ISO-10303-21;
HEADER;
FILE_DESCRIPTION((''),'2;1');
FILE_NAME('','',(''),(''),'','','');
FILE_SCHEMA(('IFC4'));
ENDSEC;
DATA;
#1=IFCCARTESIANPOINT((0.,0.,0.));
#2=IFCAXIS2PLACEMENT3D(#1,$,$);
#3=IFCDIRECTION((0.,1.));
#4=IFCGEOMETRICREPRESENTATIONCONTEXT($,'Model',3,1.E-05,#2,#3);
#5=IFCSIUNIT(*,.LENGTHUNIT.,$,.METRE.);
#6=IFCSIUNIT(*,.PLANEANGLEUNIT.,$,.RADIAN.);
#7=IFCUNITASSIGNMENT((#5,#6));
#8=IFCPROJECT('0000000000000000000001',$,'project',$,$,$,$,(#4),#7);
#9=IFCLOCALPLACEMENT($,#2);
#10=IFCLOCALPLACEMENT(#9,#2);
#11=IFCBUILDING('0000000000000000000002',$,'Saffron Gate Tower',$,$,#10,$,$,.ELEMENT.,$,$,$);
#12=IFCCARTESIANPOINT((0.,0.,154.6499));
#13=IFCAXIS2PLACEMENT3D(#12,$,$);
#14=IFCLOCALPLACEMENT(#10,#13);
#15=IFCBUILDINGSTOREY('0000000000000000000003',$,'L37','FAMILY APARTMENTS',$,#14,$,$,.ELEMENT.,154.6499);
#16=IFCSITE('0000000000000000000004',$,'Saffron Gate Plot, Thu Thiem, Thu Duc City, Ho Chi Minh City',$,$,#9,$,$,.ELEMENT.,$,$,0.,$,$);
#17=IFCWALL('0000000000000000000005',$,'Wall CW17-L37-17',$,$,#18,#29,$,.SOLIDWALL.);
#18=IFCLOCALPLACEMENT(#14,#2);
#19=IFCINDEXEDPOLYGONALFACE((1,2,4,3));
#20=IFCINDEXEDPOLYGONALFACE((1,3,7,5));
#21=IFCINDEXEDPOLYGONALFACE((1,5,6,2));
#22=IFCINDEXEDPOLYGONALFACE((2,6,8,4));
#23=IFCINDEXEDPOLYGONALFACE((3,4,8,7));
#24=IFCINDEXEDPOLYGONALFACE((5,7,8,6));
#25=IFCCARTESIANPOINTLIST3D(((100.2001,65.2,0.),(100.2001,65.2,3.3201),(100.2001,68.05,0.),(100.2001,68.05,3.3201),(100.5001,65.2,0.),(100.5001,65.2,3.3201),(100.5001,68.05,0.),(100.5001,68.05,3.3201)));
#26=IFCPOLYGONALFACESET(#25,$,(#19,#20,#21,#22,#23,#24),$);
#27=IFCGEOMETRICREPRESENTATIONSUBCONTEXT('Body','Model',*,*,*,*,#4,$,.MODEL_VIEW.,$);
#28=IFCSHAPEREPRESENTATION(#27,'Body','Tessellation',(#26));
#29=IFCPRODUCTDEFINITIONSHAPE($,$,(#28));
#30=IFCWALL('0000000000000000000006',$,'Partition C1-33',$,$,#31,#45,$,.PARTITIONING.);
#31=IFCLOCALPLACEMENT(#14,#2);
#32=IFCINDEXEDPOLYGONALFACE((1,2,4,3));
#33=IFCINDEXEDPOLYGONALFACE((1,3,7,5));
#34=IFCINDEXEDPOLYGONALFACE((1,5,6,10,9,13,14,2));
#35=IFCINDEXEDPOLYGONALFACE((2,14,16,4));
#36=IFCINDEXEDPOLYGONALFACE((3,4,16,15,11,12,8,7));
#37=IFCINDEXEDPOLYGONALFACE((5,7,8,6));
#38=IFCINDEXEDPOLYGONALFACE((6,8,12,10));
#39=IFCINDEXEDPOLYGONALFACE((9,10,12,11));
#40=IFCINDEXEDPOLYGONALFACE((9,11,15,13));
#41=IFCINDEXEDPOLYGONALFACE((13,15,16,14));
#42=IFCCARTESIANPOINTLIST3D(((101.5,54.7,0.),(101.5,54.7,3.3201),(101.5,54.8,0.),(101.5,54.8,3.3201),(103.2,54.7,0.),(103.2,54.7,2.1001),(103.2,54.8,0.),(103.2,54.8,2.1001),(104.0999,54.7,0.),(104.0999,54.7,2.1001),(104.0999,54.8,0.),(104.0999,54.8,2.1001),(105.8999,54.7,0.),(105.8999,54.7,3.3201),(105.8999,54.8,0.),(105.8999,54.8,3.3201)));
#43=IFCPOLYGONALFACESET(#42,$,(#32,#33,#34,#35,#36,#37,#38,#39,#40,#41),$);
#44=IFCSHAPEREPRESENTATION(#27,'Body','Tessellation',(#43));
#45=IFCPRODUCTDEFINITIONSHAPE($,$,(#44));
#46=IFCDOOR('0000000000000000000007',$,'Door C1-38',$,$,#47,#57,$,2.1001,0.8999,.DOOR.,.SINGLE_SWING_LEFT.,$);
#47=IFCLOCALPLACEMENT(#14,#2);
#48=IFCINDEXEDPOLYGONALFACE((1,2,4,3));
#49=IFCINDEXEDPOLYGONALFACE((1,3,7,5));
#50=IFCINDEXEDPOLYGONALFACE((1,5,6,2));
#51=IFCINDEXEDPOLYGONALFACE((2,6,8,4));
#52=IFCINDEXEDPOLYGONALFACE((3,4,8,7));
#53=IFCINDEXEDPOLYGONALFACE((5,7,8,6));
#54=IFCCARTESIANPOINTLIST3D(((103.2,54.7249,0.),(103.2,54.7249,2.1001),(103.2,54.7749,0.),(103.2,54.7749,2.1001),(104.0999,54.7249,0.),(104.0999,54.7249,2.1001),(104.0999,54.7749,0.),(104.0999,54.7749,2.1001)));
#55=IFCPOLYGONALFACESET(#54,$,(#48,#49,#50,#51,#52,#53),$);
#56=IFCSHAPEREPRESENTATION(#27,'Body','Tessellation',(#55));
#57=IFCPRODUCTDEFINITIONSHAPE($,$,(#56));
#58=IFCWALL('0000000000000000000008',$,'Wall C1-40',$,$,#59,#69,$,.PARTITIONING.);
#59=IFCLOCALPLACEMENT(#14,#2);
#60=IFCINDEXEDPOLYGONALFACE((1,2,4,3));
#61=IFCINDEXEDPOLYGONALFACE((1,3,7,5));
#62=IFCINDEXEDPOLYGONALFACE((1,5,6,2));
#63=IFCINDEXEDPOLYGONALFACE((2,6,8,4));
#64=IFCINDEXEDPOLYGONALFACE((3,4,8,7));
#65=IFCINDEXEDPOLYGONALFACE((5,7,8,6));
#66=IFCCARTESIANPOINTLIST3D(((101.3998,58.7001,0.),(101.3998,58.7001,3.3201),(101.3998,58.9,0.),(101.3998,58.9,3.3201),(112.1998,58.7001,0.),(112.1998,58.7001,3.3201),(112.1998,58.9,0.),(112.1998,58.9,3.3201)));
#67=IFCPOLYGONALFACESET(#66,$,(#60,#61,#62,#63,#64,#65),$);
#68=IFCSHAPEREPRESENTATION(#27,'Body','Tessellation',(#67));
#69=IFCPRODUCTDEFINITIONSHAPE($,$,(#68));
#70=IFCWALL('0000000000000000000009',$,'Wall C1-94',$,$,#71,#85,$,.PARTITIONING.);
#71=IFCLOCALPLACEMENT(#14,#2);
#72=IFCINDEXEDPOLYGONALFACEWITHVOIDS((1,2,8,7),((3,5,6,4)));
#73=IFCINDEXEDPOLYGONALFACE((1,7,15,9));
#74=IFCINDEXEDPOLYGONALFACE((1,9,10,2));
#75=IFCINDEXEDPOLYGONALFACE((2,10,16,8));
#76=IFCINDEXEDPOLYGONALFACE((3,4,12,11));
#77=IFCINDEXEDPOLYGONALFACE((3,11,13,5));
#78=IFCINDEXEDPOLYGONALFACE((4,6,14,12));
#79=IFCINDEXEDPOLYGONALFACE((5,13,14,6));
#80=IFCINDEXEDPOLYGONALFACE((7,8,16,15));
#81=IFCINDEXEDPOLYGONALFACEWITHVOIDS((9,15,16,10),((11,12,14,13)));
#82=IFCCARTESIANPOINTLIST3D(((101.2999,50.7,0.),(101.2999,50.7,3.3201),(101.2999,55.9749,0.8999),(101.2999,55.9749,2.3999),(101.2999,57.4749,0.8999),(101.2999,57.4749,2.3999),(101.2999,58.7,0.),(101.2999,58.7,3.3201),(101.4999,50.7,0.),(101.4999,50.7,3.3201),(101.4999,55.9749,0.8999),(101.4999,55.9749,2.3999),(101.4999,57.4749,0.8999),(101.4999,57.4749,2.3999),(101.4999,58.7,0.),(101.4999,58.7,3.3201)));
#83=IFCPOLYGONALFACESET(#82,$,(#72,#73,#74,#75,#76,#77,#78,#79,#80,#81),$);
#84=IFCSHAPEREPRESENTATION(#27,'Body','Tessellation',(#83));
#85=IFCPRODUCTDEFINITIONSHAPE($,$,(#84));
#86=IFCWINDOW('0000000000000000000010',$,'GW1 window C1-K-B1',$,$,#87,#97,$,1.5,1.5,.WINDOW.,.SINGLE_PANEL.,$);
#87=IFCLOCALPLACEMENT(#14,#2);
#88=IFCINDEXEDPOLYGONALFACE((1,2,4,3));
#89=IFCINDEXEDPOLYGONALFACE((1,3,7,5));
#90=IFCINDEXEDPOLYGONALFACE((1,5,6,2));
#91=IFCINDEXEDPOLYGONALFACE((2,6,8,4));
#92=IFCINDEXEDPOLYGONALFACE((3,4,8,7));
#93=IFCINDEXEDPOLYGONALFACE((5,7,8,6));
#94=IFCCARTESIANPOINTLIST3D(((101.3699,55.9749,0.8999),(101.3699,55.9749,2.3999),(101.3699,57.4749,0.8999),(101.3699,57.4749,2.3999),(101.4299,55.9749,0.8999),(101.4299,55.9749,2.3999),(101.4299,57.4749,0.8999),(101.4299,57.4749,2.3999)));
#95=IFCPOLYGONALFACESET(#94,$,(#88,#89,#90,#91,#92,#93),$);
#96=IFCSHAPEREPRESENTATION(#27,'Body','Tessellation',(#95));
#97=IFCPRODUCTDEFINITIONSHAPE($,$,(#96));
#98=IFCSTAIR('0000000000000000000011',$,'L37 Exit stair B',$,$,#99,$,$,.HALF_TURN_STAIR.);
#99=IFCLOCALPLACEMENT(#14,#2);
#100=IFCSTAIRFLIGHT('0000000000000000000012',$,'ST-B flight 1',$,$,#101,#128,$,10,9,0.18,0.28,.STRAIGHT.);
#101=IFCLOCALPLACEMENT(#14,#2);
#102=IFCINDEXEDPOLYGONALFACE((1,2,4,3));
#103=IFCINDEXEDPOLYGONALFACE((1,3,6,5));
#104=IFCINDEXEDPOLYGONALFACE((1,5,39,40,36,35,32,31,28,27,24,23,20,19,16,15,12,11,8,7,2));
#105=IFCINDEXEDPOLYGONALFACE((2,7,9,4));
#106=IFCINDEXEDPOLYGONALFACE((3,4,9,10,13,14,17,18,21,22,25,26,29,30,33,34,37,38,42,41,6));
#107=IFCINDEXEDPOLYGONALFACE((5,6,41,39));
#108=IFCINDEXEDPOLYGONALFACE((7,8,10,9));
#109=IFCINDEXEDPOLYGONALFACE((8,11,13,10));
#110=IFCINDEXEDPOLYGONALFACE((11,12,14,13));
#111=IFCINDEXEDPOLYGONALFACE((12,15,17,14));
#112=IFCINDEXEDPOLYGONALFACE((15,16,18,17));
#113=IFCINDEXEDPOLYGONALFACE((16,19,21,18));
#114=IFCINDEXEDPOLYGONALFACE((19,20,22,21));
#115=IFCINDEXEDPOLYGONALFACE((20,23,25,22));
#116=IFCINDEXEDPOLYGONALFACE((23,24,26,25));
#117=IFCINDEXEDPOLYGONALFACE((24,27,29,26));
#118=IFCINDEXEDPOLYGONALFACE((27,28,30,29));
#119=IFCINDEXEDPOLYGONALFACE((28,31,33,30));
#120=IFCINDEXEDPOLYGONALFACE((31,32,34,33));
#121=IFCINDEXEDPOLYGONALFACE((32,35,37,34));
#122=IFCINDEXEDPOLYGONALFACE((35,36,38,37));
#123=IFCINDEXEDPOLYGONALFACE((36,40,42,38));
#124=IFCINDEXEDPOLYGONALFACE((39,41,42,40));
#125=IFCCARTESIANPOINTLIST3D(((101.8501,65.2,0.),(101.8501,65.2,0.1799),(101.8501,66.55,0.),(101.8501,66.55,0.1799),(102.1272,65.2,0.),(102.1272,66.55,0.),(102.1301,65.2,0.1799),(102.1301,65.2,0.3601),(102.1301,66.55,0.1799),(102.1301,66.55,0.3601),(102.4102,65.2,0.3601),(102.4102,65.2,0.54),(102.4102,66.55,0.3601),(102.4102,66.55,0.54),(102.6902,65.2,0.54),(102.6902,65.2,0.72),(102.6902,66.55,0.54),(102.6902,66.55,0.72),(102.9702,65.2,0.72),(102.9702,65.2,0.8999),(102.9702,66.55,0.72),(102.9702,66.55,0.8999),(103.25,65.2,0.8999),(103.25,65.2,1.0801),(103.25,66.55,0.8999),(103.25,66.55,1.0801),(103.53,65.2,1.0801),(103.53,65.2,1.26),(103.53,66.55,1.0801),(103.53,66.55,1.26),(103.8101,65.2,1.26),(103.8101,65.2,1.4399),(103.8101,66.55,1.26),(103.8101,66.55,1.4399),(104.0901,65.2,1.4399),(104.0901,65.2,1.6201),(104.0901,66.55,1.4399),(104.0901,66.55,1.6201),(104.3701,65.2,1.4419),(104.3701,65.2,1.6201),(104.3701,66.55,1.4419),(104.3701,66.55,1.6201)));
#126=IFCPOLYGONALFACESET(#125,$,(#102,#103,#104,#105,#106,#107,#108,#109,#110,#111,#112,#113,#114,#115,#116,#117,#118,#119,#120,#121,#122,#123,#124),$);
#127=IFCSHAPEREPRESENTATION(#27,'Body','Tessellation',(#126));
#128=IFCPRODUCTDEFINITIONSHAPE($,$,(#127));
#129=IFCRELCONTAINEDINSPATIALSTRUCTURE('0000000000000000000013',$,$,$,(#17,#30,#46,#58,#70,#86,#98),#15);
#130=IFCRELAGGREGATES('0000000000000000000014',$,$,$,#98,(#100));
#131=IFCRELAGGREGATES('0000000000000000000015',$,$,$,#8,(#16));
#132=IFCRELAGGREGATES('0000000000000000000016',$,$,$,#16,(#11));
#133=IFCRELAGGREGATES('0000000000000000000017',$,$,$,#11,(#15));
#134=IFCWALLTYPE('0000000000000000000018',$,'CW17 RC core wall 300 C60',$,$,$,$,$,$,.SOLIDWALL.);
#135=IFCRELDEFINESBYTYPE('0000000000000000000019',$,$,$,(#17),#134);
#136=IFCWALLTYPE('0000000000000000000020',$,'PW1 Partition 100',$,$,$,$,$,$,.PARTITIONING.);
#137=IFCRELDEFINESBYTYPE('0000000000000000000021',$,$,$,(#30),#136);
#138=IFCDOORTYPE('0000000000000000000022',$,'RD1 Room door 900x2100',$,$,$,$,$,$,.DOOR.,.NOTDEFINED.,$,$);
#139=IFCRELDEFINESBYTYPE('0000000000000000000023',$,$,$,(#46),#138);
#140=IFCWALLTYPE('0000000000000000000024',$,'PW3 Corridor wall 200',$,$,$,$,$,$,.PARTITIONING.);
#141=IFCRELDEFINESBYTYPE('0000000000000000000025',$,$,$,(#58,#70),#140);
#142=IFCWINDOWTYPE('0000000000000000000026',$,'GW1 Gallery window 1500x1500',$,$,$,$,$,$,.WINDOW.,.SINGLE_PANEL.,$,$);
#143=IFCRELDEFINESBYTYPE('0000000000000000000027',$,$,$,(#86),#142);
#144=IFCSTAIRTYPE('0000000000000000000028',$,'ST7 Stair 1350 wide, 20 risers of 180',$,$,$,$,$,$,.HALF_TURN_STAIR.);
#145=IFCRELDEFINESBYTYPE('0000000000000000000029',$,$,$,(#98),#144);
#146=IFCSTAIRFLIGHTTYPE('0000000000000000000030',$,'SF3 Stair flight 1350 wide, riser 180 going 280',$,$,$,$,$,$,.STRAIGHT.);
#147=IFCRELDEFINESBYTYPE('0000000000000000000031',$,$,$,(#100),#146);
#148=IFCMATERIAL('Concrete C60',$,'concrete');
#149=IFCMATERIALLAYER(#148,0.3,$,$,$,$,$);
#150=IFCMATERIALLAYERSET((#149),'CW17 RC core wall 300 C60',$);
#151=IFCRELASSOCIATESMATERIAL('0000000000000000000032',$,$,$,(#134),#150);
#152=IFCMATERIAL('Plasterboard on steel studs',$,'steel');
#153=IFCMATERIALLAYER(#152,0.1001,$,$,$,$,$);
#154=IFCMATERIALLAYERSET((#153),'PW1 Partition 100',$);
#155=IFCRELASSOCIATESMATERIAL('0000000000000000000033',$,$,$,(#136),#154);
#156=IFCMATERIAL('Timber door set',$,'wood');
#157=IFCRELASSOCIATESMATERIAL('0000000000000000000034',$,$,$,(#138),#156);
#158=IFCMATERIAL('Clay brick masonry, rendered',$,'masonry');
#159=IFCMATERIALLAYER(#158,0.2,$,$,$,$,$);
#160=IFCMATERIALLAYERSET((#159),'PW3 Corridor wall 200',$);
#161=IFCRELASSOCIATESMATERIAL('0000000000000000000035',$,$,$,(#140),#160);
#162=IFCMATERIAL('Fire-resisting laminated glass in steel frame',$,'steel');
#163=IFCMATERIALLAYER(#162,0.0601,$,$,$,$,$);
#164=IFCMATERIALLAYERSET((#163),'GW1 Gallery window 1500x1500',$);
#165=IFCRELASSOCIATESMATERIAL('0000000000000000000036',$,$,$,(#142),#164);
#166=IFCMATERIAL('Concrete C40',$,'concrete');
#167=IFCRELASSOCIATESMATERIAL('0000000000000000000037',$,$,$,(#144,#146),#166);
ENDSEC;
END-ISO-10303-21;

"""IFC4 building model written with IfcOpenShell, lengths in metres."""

from ifc_helpers import new_model, si_unit, direction, frame, frame_2d, origin, place, context, subcontext, project, spatial, polyline, rectangle, outline, extrude, material, layer, layer_set, type_object, element, fill, aggregate, save


model = new_model("IFC4")

# Units and contexts
model_context = context("Model", 3, precision=1e-05, world=origin(), true_north=direction((0.0, 1.0)))
body_context = subcontext(model_context, "Body", "Model", "MODEL_VIEW")
ifc_project = project(units=[si_unit("LENGTHUNIT", "METRE"), si_unit("PLANEANGLEUNIT", "RADIAN")], contexts=[model_context])

# Site, building, storey
site_placement = place(None, origin())
site = spatial("IfcSite", under=ifc_project, at=site_placement, Name="Saffron Gate Plot, Thu Thiem, Thu Duc City, Ho Chi Minh City", CompositionType="ELEMENT", RefElevation=0.0)
building_placement = place(site_placement, origin())
building = spatial("IfcBuilding", under=site, at=building_placement, Name="Saffron Gate Tower", CompositionType="ELEMENT")
storey_placement = place(building_placement, frame((0.0, 0.0, 154.6499)))
storey = spatial("IfcBuildingStorey", under=building, at=storey_placement, Name="L37", Description="FAMILY APARTMENTS", CompositionType="ELEMENT", Elevation=154.6499)

# Shared definitions
ifc_material_1 = material(Name="Concrete C60", Category="concrete")

# Wall
ifc_layer_1 = layer(ifc_material_1, 0.3)
ifc_layer_set_1 = layer_set([ifc_layer_1], Name="CW17 RC core wall 300 C60")
wall_type_1 = type_object("IfcWallType", Name="CW17 RC core wall 300 C60", PredefinedType="SOLIDWALL", material=ifc_layer_set_1)
wall_1_placement = place(storey_placement, frame((100.3501, 65.2, 0.0), z_axis=(0.0, 0.0, 1.0), x_axis=(0.0, 1.0, 0.0)))
element("IfcWall", 1, at=wall_1_placement, inside=storey, type_object=wall_type_1, Name="Wall CW17-L37-17", PredefinedType="SOLIDWALL", context=body_context, shape_type="SweptSolid", body=[
    extrude(rectangle(XDim=2.8501, YDim=0.3, at=frame_2d((1.425, 0.0))), origin(), (0.0, 0.0, 1.0), 3.3201),
])

# Wall, opening, door
ifc_material_2 = material(Name="Plasterboard on steel studs", Category="steel")
ifc_layer_2 = layer(ifc_material_2, 0.1001)
ifc_layer_set_2 = layer_set([ifc_layer_2], Name="PW1 Partition 100")
wall_type_2 = type_object("IfcWallType", Name="PW1 Partition 100", PredefinedType="PARTITIONING", material=ifc_layer_set_2)
wall_2_placement = place(storey_placement, frame((101.5, 54.75, 0.0), z_axis=(0.0, 0.0, 1.0), x_axis=(1.0, 0.0, 0.0)))
wall_2 = element("IfcWall", 2, at=wall_2_placement, inside=storey, type_object=wall_type_2, Name="Partition C1-33", PredefinedType="PARTITIONING", context=body_context, shape_type="SweptSolid", body=[
    extrude(rectangle(XDim=4.3999, YDim=0.1001, at=frame_2d((2.2, 0.0))), origin(), (0.0, 0.0, 1.0), 3.3201),
])
opening_1_placement = place(wall_2_placement, frame((1.7, 0.0, 0.0)))
opening_1 = element("IfcOpeningElement", 3, at=opening_1_placement, cuts=wall_2, PredefinedType="OPENING", context=body_context, shape_type="SweptSolid", body=[
    extrude(rectangle(XDim=0.8999, YDim=2.1001, at=frame_2d((0.45, 1.05))), frame((0.0, 0.0601, 0.0), z_axis=(0.0, -1.0, 0.0), x_axis=(1.0, 0.0, 0.0)), (0.0, 0.0, 1.0), 0.1201),
])
ifc_material_3 = material(Name="Timber door set", Category="wood")
door_type_1 = type_object("IfcDoorType", Name="RD1 Room door 900x2100", OperationType="NOTDEFINED", PredefinedType="DOOR", material=ifc_material_3)
door_1_placement = place(opening_1_placement, origin())
door_1 = element("IfcDoor", 4, at=door_1_placement, inside=storey, type_object=door_type_1, Name="Door C1-38", OperationType="SINGLE_SWING_LEFT", OverallHeight=2.1001, OverallWidth=0.8999, PredefinedType="DOOR", context=body_context, shape_type="SweptSolid", body=[
    extrude(rectangle(XDim=0.8999, YDim=2.1001, at=frame_2d((0.45, 1.05))), frame((0.0, 0.0249, 0.0), z_axis=(0.0, -1.0, 0.0), x_axis=(1.0, 0.0, 0.0)), (0.0, 0.0, 1.0), 0.05),
])
fill(opening_1, door_1)

# Wall
ifc_material_4 = material(Name="Clay brick masonry, rendered", Category="masonry")
ifc_layer_3 = layer(ifc_material_4, 0.2)
ifc_layer_set_3 = layer_set([ifc_layer_3], Name="PW3 Corridor wall 200")
wall_type_3 = type_object("IfcWallType", Name="PW3 Corridor wall 200", PredefinedType="PARTITIONING", material=ifc_layer_set_3)
wall_3_placement = place(storey_placement, frame((101.3999, 58.8, 0.0), z_axis=(0.0, 0.0, 1.0), x_axis=(1.0, 0.0, 0.0)))
element("IfcWall", 5, at=wall_3_placement, inside=storey, type_object=wall_type_3, Name="Wall C1-40", PredefinedType="PARTITIONING", context=body_context, shape_type="SweptSolid", body=[
    extrude(rectangle(XDim=10.8, YDim=0.2, at=frame_2d((5.3999, 0.0))), origin(), (0.0, 0.0, 1.0), 3.3201),
])

# Wall, opening, window
wall_4_placement = place(storey_placement, frame((101.3999, 58.7, 0.0), z_axis=(0.0, 0.0, 1.0), x_axis=(0.0, -1.0, 0.0)))
wall_4 = element("IfcWall", 6, at=wall_4_placement, inside=storey, type_object=wall_type_3, Name="Wall C1-94", PredefinedType="PARTITIONING", context=body_context, shape_type="SweptSolid", body=[
    extrude(rectangle(XDim=8.0, YDim=0.2, at=frame_2d((4.0, 0.0))), origin(), (0.0, 0.0, 1.0), 3.3201),
])
opening_2_placement = place(wall_4_placement, frame((1.2251, 0.0, 0.8999)))
opening_2 = element("IfcOpeningElement", 7, at=opening_2_placement, cuts=wall_4, PredefinedType="OPENING", context=body_context, shape_type="SweptSolid", body=[
    extrude(rectangle(XDim=1.5, YDim=1.5, at=frame_2d((0.75, 0.75))), frame((0.0, 0.1099, 0.0), z_axis=(0.0, -1.0, 0.0), x_axis=(1.0, 0.0, 0.0)), (0.0, 0.0, 1.0), 0.22),
])
ifc_material_5 = material(Name="Fire-resisting laminated glass in steel frame", Category="steel")
ifc_layer_4 = layer(ifc_material_5, 0.0601)
ifc_layer_set_4 = layer_set([ifc_layer_4], Name="GW1 Gallery window 1500x1500")
window_type = type_object("IfcWindowType", Name="GW1 Gallery window 1500x1500", PartitioningType="SINGLE_PANEL", PredefinedType="WINDOW", material=ifc_layer_set_4)
window_placement = place(opening_2_placement, origin())
window = element("IfcWindow", 8, at=window_placement, inside=storey, type_object=window_type, Name="GW1 window C1-K-B1", OverallHeight=1.5, OverallWidth=1.5, PartitioningType="SINGLE_PANEL", PredefinedType="WINDOW", context=body_context, shape_type="SweptSolid", body=[
    extrude(rectangle(XDim=1.5, YDim=1.5, at=frame_2d((0.75, 0.75))), frame((0.0, 0.03, 0.0), z_axis=(0.0, -1.0, 0.0), x_axis=(1.0, 0.0, 0.0)), (0.0, 0.0, 1.0), 0.0601),
])
fill(opening_2, window)

# Stair, stair flight
ifc_material_6 = material(Name="Concrete C40", Category="concrete")
stair_type = type_object("IfcStairType", Name="ST7 Stair 1350 wide, 20 risers of 180", PredefinedType="HALF_TURN_STAIR", material=ifc_material_6)
stair_placement = place(storey_placement, origin())
stair = element("IfcStair", 9, at=stair_placement, inside=storey, type_object=stair_type, Name="L37 Exit stair B", PredefinedType="HALF_TURN_STAIR")
stair_flight_type = type_object("IfcStairFlightType", Name="SF3 Stair flight 1350 wide, riser 180 going 280", PredefinedType="STRAIGHT", material=ifc_material_6)
stair_flight_placement = place(storey_placement, frame((101.8501, 65.875, 0.0), z_axis=(0.0, 0.0, 1.0), x_axis=(1.0, 0.0, 0.0)))
stair_flight = element("IfcStairFlight", 10, at=stair_flight_placement, type_object=stair_flight_type, Name="ST-B flight 1", NumberOfRisers=10, NumberOfTreads=9, PredefinedType="STRAIGHT", RiserHeight=0.18, TreadLength=0.28, context=body_context, shape_type="SweptSolid", body=[
    extrude(outline(polyline([(0.0, 0.0), (0.0, 0.1799), (0.28, 0.1799), (0.28, 0.3601), (0.5601, 0.3601), (0.5601, 0.54), (0.8401, 0.54), (0.8401, 0.72), (1.1201, 0.72), (1.1201, 0.8999), (1.3999, 0.8999), (1.3999, 1.0801), (1.6799, 1.0801), (1.6799, 1.26), (1.96, 1.26), (1.96, 1.4399), (2.24, 1.4399), (2.24, 1.6201), (2.52, 1.6201), (2.52, 1.8), (2.52, 1.4419), (0.2771, 0.0), (0.0, 0.0)])), frame((0.0, 0.675, 0.0), z_axis=(0.0, -1.0, 0.0), x_axis=(1.0, 0.0, 0.0)), (0.0, 0.0, 1.0), 1.3501),
])
aggregate(stair, [stair_flight])

save(model, "model.ifc")
